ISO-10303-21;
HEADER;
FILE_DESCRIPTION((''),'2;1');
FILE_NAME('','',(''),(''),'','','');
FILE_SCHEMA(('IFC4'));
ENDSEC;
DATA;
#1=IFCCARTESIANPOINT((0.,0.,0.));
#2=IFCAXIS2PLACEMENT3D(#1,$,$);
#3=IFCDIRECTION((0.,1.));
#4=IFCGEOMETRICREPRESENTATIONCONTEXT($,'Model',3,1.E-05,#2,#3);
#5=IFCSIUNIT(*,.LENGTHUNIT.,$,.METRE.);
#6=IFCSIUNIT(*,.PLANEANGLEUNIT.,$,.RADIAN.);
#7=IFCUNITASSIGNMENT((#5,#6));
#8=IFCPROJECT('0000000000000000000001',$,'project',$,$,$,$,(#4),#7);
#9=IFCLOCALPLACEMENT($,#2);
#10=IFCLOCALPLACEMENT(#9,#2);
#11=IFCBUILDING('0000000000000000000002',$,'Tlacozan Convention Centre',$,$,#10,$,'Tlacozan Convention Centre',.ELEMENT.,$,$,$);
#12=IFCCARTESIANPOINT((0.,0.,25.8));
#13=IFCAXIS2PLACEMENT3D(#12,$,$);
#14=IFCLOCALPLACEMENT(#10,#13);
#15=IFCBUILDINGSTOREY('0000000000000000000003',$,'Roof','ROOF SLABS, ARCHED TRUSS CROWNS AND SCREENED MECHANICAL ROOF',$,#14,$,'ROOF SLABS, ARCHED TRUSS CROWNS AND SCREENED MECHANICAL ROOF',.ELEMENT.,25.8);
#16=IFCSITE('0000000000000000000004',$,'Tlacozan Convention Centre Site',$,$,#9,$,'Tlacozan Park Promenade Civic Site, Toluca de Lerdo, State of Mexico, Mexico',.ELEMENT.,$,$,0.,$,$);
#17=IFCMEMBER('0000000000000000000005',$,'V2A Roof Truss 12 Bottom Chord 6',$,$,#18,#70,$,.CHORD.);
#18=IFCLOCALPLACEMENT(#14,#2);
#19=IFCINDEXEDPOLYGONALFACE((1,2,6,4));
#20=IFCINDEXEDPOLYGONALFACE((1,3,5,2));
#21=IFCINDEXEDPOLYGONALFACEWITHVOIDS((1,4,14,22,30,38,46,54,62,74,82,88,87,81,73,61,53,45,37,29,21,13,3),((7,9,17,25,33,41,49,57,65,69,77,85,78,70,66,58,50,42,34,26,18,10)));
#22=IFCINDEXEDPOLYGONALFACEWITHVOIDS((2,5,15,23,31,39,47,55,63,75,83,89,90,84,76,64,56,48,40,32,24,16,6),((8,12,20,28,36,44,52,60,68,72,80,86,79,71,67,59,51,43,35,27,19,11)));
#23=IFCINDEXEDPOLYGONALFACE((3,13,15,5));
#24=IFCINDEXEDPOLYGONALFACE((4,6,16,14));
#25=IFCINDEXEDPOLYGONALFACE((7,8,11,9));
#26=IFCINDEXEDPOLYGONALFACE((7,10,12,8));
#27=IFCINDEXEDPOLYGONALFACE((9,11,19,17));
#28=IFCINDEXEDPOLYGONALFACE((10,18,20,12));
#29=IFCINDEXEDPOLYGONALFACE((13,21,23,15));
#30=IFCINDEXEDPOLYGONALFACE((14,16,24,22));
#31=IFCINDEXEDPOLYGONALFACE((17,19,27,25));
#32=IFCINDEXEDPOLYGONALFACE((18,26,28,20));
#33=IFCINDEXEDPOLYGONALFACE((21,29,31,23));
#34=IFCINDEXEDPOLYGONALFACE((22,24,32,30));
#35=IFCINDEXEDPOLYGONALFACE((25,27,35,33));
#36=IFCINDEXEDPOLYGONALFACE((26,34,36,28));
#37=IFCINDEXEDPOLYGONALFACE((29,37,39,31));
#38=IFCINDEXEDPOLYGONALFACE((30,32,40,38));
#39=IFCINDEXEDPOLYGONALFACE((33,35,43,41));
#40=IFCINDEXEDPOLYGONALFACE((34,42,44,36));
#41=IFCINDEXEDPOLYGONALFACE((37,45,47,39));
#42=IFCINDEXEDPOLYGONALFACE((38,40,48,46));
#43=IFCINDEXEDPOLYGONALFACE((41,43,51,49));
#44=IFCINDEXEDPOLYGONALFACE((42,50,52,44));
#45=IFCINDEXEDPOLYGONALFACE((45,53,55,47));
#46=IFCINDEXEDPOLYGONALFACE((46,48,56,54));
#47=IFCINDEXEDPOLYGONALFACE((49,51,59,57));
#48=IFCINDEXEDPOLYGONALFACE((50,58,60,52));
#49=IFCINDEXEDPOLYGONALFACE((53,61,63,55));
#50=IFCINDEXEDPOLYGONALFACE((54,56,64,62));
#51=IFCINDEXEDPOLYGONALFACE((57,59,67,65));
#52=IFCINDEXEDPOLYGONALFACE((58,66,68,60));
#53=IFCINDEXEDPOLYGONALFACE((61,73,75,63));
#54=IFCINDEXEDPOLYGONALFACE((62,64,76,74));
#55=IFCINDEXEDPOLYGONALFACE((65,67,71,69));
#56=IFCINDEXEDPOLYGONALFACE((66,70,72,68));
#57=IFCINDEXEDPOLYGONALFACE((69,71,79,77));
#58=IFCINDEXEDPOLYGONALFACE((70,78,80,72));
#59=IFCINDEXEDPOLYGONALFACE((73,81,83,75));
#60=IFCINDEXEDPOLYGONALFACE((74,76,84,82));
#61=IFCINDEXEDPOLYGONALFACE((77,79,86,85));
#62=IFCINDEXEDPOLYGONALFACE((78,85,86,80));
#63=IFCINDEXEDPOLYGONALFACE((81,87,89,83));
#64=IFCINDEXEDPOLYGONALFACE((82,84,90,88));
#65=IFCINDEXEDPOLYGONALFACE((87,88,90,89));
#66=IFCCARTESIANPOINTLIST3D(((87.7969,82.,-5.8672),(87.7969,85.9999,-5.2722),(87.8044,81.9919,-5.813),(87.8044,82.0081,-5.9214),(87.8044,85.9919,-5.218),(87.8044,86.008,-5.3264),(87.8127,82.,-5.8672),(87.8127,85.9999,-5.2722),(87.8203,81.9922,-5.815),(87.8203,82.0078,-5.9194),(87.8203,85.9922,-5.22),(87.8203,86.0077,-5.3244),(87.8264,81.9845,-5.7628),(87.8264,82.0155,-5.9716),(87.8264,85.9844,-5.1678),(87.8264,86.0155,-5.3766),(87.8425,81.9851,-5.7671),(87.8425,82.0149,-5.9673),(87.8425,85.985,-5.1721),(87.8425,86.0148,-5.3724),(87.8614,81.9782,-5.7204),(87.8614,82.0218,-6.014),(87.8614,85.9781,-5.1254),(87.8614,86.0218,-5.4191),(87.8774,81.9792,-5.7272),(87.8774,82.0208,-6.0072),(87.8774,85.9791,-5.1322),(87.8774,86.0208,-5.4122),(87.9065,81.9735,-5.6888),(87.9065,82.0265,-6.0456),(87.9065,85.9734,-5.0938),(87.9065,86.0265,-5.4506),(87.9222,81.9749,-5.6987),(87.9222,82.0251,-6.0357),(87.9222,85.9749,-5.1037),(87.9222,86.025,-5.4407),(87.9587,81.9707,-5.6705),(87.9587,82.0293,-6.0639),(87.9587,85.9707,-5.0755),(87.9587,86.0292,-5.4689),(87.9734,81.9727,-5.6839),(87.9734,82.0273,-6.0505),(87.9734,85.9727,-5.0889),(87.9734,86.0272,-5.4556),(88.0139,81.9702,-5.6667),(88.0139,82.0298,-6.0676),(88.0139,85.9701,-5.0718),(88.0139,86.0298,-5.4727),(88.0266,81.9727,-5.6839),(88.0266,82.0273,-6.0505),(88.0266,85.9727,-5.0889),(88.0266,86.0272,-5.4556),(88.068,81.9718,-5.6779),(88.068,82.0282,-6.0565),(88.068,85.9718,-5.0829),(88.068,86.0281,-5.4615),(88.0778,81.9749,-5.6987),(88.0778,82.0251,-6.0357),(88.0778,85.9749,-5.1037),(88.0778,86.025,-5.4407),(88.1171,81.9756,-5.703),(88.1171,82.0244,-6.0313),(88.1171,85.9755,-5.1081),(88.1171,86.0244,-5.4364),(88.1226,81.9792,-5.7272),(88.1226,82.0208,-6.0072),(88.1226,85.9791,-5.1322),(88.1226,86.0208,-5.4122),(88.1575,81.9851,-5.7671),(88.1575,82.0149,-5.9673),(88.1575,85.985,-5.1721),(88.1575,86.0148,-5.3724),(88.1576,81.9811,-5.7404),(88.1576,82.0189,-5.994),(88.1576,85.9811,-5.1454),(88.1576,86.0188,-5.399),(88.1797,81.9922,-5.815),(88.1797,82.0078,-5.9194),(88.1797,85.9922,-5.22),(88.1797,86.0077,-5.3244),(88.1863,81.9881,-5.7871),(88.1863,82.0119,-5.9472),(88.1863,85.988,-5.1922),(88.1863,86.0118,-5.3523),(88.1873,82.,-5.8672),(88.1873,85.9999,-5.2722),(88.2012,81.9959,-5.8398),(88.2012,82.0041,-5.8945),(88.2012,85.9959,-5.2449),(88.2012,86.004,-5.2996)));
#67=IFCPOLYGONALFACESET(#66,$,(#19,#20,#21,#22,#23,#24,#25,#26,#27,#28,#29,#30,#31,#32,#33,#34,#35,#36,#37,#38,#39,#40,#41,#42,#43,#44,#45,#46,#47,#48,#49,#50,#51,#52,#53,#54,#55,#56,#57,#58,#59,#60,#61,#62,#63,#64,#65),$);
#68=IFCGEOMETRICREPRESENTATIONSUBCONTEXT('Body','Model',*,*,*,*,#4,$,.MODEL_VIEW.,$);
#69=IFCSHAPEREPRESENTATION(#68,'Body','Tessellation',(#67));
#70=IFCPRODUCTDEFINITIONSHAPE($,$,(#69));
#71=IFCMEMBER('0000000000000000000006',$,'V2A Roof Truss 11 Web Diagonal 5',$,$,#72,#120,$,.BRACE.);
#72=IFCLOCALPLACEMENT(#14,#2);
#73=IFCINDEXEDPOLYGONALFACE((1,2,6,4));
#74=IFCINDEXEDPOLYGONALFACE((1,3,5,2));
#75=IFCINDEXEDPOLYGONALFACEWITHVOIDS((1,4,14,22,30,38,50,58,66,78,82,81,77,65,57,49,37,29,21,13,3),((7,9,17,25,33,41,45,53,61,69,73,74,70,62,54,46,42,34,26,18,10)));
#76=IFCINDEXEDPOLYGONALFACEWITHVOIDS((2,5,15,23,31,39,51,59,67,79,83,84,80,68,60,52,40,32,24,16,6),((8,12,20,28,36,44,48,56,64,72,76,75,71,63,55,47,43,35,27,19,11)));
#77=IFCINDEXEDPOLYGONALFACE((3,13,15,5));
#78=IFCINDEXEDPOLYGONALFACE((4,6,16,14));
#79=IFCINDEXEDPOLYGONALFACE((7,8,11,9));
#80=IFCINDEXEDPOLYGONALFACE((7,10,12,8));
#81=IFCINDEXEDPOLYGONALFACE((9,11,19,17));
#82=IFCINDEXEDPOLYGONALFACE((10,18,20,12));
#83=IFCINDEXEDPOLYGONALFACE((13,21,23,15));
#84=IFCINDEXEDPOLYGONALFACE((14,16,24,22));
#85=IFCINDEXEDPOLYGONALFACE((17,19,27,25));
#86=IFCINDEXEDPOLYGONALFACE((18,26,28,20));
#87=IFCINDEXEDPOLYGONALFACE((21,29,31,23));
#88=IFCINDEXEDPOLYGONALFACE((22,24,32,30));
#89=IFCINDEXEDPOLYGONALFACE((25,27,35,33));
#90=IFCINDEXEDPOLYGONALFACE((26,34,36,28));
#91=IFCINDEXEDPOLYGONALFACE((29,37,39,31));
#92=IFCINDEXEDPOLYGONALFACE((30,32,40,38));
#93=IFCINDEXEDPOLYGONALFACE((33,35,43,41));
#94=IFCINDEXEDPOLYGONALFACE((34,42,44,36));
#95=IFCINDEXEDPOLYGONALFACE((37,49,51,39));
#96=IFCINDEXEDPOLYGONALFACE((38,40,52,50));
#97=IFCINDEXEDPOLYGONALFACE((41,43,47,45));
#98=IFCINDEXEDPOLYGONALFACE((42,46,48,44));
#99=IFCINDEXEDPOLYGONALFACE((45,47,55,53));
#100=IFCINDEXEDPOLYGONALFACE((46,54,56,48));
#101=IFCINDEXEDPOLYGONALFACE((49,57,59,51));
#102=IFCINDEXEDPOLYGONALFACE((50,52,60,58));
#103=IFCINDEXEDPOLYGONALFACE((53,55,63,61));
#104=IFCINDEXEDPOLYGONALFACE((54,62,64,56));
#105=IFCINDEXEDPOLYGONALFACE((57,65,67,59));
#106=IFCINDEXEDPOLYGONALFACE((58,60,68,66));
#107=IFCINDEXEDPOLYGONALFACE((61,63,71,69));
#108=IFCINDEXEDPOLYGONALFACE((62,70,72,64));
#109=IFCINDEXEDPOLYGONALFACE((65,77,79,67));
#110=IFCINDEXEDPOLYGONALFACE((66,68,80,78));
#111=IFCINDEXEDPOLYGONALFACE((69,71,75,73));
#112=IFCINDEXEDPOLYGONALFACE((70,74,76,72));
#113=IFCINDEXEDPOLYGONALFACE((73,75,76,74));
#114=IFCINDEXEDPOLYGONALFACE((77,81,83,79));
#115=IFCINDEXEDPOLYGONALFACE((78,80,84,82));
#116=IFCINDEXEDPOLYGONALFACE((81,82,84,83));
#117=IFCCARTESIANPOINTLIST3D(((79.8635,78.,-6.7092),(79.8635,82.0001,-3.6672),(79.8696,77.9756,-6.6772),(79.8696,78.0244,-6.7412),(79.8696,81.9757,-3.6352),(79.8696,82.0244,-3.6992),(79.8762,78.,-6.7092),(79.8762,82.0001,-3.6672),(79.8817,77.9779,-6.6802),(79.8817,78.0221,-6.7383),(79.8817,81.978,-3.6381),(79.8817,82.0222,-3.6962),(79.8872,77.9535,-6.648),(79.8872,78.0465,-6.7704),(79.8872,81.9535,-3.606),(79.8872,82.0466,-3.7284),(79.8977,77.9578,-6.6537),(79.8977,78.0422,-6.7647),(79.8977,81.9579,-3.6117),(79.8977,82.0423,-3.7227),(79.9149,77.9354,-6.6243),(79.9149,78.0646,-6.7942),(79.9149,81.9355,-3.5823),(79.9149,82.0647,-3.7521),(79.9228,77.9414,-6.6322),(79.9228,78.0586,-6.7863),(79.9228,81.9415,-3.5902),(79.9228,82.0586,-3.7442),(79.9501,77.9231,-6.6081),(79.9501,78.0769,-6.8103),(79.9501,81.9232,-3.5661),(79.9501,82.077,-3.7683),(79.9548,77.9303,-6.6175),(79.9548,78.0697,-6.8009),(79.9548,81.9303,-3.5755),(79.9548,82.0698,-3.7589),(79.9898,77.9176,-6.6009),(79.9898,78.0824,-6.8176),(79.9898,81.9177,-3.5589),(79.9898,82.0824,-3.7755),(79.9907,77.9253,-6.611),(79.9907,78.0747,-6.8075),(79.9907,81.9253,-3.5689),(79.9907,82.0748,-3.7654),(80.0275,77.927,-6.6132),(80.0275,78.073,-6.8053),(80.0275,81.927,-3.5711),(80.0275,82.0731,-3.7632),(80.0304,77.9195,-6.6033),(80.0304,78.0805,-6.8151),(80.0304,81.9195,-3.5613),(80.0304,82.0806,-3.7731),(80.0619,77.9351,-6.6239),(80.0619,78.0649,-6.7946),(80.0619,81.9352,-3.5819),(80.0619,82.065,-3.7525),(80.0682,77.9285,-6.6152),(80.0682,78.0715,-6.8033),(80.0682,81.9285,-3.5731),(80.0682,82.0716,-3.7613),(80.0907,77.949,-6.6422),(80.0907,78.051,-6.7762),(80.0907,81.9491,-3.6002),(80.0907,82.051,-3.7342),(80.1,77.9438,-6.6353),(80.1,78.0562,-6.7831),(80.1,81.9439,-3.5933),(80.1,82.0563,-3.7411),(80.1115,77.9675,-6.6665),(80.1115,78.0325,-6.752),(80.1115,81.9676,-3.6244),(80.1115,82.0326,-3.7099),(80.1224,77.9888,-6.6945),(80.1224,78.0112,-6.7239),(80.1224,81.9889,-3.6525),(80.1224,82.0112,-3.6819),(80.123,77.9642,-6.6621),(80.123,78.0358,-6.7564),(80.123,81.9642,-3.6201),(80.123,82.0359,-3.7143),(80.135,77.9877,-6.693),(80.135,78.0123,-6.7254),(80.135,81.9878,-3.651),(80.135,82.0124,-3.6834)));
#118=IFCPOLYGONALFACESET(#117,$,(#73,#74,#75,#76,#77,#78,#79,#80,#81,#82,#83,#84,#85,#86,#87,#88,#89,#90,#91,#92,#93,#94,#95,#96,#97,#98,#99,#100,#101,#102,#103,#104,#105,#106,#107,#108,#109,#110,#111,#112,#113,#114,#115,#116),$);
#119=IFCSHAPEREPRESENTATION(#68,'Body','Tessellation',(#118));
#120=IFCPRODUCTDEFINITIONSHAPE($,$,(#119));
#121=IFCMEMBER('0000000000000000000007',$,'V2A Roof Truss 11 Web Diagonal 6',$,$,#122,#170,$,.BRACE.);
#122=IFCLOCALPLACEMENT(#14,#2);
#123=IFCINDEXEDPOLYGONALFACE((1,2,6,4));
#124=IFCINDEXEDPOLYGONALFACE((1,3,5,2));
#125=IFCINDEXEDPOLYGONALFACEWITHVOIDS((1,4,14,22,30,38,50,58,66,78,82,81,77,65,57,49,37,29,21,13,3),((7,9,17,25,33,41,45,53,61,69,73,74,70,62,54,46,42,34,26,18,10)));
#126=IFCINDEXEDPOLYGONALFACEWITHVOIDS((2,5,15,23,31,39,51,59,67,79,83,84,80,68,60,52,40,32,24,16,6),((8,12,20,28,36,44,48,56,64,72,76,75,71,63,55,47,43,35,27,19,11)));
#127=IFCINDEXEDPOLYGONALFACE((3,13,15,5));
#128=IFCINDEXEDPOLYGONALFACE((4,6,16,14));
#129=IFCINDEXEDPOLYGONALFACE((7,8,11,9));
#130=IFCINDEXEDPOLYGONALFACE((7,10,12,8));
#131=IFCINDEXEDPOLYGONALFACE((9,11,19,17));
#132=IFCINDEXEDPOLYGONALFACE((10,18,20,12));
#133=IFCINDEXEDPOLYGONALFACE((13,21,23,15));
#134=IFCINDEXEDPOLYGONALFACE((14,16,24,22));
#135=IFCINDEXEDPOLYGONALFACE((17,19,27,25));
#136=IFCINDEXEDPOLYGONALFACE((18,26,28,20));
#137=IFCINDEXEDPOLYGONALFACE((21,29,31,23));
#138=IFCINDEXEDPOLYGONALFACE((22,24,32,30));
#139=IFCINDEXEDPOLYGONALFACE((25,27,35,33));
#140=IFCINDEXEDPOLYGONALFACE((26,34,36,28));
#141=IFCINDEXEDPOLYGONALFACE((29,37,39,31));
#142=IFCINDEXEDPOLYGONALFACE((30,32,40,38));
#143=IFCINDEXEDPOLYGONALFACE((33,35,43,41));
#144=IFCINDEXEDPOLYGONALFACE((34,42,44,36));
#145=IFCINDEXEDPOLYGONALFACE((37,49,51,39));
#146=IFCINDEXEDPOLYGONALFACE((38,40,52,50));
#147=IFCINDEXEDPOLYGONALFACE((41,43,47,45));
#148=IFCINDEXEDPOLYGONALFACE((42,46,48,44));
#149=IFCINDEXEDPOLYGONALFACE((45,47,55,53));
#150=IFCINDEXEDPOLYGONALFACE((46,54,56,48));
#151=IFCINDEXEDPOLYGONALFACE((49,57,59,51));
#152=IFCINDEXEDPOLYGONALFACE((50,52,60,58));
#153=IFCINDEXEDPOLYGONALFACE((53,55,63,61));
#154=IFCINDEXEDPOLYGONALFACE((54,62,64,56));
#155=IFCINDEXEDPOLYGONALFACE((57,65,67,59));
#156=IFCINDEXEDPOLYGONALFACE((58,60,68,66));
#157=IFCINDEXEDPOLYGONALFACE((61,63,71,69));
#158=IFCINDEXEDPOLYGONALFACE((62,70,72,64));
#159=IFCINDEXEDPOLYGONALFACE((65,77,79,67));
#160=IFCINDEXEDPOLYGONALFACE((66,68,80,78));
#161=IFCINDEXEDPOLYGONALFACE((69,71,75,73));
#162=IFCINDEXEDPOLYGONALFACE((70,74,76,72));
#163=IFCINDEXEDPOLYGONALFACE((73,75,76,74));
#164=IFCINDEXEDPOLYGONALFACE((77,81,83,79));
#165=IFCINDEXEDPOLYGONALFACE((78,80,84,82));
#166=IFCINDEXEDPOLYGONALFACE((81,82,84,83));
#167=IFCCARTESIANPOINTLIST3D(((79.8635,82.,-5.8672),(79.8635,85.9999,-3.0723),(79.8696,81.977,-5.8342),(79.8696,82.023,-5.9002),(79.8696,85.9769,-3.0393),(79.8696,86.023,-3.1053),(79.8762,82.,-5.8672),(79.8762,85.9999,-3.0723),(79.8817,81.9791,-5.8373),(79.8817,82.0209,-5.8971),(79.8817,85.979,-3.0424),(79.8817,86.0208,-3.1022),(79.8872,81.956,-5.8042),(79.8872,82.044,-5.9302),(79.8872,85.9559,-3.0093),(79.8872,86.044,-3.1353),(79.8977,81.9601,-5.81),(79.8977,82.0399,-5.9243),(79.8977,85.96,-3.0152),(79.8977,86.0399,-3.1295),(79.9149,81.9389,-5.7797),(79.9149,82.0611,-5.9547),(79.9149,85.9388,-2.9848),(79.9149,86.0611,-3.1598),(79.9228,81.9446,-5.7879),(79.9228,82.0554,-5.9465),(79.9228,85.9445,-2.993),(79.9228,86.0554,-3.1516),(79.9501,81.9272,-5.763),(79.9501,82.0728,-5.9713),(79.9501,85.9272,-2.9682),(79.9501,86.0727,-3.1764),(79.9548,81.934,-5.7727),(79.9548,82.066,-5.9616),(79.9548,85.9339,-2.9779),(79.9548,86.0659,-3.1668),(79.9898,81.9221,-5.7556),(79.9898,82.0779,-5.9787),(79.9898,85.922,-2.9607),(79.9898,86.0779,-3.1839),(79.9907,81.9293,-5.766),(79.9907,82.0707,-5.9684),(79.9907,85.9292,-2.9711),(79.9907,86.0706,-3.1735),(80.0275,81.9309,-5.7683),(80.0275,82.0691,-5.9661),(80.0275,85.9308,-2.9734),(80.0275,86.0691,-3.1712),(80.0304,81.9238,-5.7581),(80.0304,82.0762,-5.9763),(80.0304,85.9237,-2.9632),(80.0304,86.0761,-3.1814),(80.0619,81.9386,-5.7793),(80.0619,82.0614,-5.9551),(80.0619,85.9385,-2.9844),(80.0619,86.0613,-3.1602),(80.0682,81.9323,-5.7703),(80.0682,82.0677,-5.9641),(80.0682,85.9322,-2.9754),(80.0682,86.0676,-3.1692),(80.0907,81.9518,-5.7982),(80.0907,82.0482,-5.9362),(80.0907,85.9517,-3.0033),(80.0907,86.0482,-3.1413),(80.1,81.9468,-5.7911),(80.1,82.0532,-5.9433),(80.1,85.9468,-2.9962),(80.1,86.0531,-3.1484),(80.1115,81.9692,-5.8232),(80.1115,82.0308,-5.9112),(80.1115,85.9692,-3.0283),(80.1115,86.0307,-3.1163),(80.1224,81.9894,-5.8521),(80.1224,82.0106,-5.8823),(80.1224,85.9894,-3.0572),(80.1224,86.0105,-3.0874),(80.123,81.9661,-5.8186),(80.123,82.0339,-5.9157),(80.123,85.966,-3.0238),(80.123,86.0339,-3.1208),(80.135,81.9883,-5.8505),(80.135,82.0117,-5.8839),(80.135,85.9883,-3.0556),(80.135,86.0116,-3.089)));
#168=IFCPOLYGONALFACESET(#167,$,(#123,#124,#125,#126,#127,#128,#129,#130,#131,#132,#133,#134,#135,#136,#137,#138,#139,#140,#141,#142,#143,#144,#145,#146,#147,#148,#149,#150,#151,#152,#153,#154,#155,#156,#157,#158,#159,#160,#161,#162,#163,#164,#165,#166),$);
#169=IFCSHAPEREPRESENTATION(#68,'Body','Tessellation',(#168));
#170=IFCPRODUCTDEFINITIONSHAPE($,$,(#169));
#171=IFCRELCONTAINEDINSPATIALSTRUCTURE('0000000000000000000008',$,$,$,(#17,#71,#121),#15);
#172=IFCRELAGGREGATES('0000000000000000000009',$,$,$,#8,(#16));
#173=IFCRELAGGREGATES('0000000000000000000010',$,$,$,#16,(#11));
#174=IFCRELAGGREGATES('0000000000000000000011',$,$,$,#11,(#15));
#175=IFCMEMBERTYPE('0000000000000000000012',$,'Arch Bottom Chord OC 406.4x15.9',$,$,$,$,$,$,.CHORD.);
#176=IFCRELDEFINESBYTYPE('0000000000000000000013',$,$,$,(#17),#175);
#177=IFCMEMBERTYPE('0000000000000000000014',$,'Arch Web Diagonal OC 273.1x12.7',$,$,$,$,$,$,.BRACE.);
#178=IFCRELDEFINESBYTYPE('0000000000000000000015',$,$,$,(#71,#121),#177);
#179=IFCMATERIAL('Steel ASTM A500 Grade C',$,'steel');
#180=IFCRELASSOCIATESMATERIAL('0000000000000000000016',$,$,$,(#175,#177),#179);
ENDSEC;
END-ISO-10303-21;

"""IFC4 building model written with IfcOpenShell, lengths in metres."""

from ifc_helpers import new_model, si_unit, direction, frame, origin, origin_2d, place, context, subcontext, project, spatial, hollow_circle, extrude, material, material_profile, profile_set, type_object, element, save


model = new_model("IFC4")

# Units and contexts
model_context = context("Model", 3, precision=1e-05, world=origin(), true_north=direction((0.0, 1.0)))
body_context = subcontext(model_context, "Body", "Model", "MODEL_VIEW")
ifc_project = project(units=[si_unit("LENGTHUNIT", "METRE"), si_unit("PLANEANGLEUNIT", "RADIAN")], contexts=[model_context])

# Site, building, storey
site_placement = place(None, origin())
site = spatial("IfcSite", under=ifc_project, at=site_placement, Name="Tlacozan Convention Centre Site", LongName="Tlacozan Park Promenade Civic Site, Toluca de Lerdo, State of Mexico, Mexico", CompositionType="ELEMENT", RefElevation=0.0)
building_placement = place(site_placement, origin())
building = spatial("IfcBuilding", under=site, at=building_placement, Name="Tlacozan Convention Centre", LongName="Tlacozan Convention Centre", CompositionType="ELEMENT")
storey_placement = place(building_placement, frame((0.0, 0.0, 25.8)))
storey = spatial("IfcBuildingStorey", under=building, at=storey_placement, Name="Roof", Description="ROOF SLABS, ARCHED TRUSS CROWNS AND SCREENED MECHANICAL ROOF", LongName="ROOF SLABS, ARCHED TRUSS CROWNS AND SCREENED MECHANICAL ROOF", CompositionType="ELEMENT", Elevation=25.8)

# Members
ifc_material_1 = material(Name="Steel ASTM A500 Grade C", Category="steel")
ifc_material_profile_1 = material_profile(ifc_material_1, hollow_circle(Radius=0.2031, WallThickness=0.0159, at=origin_2d()), Name="OC 406.4x15.9")
ifc_profile_set_1 = profile_set([ifc_material_profile_1], Name="Steel ASTM A500 Grade C")
member_type_1 = type_object("IfcMemberType", Name="Arch Bottom Chord OC 406.4x15.9", PredefinedType="CHORD", material=ifc_profile_set_1)
member_1_placement = place(storey_placement, frame((88.0, 82.0, -5.8672), z_axis=(0.0, 0.989118, 0.147124), x_axis=(-1.0, 0.0, 0.0)))
element("IfcMember", 1, at=member_1_placement, inside=storey, type_object=member_type_1, Name="V2A Roof Truss 12 Bottom Chord 6", PredefinedType="CHORD", context=body_context, shape_type="SweptSolid", body=[
    extrude(hollow_circle(Radius=0.2031, WallThickness=0.0159, at=origin_2d()), origin(), (0.0, 0.0, 1.0), 4.0439),
])
ifc_material_profile_2 = material_profile(ifc_material_1, hollow_circle(Radius=0.1365, WallThickness=0.0127, at=origin_2d()), Name="OC 273.1x12.7")
ifc_profile_set_2 = profile_set([ifc_material_profile_2], Name="Steel ASTM A500 Grade C")
member_type_2 = type_object("IfcMemberType", Name="Arch Web Diagonal OC 273.1x12.7", PredefinedType="BRACE", material=ifc_profile_set_2)
member_2_placement = place(storey_placement, frame((80.0, 78.0, -6.7092), z_axis=(0.0, 0.795971, 0.605335), x_axis=(-1.0, 0.0, 0.0)))
element("IfcMember", 2, at=member_2_placement, inside=storey, type_object=member_type_2, Name="V2A Roof Truss 11 Web Diagonal 5", PredefinedType="BRACE", context=body_context, shape_type="SweptSolid", body=[
    extrude(hollow_circle(Radius=0.1365, WallThickness=0.0127, at=origin_2d()), origin(), (0.0, 0.0, 1.0), 5.0254),
])
member_3_placement = place(storey_placement, frame((80.0, 82.0, -5.8672), z_axis=(0.0, 0.819721, 0.572764), x_axis=(-1.0, 0.0, 0.0)))
element("IfcMember", 3, at=member_3_placement, inside=storey, type_object=member_type_2, Name="V2A Roof Truss 11 Web Diagonal 6", PredefinedType="BRACE", context=body_context, shape_type="SweptSolid", body=[
    extrude(hollow_circle(Radius=0.1365, WallThickness=0.0127, at=origin_2d()), origin(), (0.0, 0.0, 1.0), 4.8796),
])

save(model, "model.ifc")
